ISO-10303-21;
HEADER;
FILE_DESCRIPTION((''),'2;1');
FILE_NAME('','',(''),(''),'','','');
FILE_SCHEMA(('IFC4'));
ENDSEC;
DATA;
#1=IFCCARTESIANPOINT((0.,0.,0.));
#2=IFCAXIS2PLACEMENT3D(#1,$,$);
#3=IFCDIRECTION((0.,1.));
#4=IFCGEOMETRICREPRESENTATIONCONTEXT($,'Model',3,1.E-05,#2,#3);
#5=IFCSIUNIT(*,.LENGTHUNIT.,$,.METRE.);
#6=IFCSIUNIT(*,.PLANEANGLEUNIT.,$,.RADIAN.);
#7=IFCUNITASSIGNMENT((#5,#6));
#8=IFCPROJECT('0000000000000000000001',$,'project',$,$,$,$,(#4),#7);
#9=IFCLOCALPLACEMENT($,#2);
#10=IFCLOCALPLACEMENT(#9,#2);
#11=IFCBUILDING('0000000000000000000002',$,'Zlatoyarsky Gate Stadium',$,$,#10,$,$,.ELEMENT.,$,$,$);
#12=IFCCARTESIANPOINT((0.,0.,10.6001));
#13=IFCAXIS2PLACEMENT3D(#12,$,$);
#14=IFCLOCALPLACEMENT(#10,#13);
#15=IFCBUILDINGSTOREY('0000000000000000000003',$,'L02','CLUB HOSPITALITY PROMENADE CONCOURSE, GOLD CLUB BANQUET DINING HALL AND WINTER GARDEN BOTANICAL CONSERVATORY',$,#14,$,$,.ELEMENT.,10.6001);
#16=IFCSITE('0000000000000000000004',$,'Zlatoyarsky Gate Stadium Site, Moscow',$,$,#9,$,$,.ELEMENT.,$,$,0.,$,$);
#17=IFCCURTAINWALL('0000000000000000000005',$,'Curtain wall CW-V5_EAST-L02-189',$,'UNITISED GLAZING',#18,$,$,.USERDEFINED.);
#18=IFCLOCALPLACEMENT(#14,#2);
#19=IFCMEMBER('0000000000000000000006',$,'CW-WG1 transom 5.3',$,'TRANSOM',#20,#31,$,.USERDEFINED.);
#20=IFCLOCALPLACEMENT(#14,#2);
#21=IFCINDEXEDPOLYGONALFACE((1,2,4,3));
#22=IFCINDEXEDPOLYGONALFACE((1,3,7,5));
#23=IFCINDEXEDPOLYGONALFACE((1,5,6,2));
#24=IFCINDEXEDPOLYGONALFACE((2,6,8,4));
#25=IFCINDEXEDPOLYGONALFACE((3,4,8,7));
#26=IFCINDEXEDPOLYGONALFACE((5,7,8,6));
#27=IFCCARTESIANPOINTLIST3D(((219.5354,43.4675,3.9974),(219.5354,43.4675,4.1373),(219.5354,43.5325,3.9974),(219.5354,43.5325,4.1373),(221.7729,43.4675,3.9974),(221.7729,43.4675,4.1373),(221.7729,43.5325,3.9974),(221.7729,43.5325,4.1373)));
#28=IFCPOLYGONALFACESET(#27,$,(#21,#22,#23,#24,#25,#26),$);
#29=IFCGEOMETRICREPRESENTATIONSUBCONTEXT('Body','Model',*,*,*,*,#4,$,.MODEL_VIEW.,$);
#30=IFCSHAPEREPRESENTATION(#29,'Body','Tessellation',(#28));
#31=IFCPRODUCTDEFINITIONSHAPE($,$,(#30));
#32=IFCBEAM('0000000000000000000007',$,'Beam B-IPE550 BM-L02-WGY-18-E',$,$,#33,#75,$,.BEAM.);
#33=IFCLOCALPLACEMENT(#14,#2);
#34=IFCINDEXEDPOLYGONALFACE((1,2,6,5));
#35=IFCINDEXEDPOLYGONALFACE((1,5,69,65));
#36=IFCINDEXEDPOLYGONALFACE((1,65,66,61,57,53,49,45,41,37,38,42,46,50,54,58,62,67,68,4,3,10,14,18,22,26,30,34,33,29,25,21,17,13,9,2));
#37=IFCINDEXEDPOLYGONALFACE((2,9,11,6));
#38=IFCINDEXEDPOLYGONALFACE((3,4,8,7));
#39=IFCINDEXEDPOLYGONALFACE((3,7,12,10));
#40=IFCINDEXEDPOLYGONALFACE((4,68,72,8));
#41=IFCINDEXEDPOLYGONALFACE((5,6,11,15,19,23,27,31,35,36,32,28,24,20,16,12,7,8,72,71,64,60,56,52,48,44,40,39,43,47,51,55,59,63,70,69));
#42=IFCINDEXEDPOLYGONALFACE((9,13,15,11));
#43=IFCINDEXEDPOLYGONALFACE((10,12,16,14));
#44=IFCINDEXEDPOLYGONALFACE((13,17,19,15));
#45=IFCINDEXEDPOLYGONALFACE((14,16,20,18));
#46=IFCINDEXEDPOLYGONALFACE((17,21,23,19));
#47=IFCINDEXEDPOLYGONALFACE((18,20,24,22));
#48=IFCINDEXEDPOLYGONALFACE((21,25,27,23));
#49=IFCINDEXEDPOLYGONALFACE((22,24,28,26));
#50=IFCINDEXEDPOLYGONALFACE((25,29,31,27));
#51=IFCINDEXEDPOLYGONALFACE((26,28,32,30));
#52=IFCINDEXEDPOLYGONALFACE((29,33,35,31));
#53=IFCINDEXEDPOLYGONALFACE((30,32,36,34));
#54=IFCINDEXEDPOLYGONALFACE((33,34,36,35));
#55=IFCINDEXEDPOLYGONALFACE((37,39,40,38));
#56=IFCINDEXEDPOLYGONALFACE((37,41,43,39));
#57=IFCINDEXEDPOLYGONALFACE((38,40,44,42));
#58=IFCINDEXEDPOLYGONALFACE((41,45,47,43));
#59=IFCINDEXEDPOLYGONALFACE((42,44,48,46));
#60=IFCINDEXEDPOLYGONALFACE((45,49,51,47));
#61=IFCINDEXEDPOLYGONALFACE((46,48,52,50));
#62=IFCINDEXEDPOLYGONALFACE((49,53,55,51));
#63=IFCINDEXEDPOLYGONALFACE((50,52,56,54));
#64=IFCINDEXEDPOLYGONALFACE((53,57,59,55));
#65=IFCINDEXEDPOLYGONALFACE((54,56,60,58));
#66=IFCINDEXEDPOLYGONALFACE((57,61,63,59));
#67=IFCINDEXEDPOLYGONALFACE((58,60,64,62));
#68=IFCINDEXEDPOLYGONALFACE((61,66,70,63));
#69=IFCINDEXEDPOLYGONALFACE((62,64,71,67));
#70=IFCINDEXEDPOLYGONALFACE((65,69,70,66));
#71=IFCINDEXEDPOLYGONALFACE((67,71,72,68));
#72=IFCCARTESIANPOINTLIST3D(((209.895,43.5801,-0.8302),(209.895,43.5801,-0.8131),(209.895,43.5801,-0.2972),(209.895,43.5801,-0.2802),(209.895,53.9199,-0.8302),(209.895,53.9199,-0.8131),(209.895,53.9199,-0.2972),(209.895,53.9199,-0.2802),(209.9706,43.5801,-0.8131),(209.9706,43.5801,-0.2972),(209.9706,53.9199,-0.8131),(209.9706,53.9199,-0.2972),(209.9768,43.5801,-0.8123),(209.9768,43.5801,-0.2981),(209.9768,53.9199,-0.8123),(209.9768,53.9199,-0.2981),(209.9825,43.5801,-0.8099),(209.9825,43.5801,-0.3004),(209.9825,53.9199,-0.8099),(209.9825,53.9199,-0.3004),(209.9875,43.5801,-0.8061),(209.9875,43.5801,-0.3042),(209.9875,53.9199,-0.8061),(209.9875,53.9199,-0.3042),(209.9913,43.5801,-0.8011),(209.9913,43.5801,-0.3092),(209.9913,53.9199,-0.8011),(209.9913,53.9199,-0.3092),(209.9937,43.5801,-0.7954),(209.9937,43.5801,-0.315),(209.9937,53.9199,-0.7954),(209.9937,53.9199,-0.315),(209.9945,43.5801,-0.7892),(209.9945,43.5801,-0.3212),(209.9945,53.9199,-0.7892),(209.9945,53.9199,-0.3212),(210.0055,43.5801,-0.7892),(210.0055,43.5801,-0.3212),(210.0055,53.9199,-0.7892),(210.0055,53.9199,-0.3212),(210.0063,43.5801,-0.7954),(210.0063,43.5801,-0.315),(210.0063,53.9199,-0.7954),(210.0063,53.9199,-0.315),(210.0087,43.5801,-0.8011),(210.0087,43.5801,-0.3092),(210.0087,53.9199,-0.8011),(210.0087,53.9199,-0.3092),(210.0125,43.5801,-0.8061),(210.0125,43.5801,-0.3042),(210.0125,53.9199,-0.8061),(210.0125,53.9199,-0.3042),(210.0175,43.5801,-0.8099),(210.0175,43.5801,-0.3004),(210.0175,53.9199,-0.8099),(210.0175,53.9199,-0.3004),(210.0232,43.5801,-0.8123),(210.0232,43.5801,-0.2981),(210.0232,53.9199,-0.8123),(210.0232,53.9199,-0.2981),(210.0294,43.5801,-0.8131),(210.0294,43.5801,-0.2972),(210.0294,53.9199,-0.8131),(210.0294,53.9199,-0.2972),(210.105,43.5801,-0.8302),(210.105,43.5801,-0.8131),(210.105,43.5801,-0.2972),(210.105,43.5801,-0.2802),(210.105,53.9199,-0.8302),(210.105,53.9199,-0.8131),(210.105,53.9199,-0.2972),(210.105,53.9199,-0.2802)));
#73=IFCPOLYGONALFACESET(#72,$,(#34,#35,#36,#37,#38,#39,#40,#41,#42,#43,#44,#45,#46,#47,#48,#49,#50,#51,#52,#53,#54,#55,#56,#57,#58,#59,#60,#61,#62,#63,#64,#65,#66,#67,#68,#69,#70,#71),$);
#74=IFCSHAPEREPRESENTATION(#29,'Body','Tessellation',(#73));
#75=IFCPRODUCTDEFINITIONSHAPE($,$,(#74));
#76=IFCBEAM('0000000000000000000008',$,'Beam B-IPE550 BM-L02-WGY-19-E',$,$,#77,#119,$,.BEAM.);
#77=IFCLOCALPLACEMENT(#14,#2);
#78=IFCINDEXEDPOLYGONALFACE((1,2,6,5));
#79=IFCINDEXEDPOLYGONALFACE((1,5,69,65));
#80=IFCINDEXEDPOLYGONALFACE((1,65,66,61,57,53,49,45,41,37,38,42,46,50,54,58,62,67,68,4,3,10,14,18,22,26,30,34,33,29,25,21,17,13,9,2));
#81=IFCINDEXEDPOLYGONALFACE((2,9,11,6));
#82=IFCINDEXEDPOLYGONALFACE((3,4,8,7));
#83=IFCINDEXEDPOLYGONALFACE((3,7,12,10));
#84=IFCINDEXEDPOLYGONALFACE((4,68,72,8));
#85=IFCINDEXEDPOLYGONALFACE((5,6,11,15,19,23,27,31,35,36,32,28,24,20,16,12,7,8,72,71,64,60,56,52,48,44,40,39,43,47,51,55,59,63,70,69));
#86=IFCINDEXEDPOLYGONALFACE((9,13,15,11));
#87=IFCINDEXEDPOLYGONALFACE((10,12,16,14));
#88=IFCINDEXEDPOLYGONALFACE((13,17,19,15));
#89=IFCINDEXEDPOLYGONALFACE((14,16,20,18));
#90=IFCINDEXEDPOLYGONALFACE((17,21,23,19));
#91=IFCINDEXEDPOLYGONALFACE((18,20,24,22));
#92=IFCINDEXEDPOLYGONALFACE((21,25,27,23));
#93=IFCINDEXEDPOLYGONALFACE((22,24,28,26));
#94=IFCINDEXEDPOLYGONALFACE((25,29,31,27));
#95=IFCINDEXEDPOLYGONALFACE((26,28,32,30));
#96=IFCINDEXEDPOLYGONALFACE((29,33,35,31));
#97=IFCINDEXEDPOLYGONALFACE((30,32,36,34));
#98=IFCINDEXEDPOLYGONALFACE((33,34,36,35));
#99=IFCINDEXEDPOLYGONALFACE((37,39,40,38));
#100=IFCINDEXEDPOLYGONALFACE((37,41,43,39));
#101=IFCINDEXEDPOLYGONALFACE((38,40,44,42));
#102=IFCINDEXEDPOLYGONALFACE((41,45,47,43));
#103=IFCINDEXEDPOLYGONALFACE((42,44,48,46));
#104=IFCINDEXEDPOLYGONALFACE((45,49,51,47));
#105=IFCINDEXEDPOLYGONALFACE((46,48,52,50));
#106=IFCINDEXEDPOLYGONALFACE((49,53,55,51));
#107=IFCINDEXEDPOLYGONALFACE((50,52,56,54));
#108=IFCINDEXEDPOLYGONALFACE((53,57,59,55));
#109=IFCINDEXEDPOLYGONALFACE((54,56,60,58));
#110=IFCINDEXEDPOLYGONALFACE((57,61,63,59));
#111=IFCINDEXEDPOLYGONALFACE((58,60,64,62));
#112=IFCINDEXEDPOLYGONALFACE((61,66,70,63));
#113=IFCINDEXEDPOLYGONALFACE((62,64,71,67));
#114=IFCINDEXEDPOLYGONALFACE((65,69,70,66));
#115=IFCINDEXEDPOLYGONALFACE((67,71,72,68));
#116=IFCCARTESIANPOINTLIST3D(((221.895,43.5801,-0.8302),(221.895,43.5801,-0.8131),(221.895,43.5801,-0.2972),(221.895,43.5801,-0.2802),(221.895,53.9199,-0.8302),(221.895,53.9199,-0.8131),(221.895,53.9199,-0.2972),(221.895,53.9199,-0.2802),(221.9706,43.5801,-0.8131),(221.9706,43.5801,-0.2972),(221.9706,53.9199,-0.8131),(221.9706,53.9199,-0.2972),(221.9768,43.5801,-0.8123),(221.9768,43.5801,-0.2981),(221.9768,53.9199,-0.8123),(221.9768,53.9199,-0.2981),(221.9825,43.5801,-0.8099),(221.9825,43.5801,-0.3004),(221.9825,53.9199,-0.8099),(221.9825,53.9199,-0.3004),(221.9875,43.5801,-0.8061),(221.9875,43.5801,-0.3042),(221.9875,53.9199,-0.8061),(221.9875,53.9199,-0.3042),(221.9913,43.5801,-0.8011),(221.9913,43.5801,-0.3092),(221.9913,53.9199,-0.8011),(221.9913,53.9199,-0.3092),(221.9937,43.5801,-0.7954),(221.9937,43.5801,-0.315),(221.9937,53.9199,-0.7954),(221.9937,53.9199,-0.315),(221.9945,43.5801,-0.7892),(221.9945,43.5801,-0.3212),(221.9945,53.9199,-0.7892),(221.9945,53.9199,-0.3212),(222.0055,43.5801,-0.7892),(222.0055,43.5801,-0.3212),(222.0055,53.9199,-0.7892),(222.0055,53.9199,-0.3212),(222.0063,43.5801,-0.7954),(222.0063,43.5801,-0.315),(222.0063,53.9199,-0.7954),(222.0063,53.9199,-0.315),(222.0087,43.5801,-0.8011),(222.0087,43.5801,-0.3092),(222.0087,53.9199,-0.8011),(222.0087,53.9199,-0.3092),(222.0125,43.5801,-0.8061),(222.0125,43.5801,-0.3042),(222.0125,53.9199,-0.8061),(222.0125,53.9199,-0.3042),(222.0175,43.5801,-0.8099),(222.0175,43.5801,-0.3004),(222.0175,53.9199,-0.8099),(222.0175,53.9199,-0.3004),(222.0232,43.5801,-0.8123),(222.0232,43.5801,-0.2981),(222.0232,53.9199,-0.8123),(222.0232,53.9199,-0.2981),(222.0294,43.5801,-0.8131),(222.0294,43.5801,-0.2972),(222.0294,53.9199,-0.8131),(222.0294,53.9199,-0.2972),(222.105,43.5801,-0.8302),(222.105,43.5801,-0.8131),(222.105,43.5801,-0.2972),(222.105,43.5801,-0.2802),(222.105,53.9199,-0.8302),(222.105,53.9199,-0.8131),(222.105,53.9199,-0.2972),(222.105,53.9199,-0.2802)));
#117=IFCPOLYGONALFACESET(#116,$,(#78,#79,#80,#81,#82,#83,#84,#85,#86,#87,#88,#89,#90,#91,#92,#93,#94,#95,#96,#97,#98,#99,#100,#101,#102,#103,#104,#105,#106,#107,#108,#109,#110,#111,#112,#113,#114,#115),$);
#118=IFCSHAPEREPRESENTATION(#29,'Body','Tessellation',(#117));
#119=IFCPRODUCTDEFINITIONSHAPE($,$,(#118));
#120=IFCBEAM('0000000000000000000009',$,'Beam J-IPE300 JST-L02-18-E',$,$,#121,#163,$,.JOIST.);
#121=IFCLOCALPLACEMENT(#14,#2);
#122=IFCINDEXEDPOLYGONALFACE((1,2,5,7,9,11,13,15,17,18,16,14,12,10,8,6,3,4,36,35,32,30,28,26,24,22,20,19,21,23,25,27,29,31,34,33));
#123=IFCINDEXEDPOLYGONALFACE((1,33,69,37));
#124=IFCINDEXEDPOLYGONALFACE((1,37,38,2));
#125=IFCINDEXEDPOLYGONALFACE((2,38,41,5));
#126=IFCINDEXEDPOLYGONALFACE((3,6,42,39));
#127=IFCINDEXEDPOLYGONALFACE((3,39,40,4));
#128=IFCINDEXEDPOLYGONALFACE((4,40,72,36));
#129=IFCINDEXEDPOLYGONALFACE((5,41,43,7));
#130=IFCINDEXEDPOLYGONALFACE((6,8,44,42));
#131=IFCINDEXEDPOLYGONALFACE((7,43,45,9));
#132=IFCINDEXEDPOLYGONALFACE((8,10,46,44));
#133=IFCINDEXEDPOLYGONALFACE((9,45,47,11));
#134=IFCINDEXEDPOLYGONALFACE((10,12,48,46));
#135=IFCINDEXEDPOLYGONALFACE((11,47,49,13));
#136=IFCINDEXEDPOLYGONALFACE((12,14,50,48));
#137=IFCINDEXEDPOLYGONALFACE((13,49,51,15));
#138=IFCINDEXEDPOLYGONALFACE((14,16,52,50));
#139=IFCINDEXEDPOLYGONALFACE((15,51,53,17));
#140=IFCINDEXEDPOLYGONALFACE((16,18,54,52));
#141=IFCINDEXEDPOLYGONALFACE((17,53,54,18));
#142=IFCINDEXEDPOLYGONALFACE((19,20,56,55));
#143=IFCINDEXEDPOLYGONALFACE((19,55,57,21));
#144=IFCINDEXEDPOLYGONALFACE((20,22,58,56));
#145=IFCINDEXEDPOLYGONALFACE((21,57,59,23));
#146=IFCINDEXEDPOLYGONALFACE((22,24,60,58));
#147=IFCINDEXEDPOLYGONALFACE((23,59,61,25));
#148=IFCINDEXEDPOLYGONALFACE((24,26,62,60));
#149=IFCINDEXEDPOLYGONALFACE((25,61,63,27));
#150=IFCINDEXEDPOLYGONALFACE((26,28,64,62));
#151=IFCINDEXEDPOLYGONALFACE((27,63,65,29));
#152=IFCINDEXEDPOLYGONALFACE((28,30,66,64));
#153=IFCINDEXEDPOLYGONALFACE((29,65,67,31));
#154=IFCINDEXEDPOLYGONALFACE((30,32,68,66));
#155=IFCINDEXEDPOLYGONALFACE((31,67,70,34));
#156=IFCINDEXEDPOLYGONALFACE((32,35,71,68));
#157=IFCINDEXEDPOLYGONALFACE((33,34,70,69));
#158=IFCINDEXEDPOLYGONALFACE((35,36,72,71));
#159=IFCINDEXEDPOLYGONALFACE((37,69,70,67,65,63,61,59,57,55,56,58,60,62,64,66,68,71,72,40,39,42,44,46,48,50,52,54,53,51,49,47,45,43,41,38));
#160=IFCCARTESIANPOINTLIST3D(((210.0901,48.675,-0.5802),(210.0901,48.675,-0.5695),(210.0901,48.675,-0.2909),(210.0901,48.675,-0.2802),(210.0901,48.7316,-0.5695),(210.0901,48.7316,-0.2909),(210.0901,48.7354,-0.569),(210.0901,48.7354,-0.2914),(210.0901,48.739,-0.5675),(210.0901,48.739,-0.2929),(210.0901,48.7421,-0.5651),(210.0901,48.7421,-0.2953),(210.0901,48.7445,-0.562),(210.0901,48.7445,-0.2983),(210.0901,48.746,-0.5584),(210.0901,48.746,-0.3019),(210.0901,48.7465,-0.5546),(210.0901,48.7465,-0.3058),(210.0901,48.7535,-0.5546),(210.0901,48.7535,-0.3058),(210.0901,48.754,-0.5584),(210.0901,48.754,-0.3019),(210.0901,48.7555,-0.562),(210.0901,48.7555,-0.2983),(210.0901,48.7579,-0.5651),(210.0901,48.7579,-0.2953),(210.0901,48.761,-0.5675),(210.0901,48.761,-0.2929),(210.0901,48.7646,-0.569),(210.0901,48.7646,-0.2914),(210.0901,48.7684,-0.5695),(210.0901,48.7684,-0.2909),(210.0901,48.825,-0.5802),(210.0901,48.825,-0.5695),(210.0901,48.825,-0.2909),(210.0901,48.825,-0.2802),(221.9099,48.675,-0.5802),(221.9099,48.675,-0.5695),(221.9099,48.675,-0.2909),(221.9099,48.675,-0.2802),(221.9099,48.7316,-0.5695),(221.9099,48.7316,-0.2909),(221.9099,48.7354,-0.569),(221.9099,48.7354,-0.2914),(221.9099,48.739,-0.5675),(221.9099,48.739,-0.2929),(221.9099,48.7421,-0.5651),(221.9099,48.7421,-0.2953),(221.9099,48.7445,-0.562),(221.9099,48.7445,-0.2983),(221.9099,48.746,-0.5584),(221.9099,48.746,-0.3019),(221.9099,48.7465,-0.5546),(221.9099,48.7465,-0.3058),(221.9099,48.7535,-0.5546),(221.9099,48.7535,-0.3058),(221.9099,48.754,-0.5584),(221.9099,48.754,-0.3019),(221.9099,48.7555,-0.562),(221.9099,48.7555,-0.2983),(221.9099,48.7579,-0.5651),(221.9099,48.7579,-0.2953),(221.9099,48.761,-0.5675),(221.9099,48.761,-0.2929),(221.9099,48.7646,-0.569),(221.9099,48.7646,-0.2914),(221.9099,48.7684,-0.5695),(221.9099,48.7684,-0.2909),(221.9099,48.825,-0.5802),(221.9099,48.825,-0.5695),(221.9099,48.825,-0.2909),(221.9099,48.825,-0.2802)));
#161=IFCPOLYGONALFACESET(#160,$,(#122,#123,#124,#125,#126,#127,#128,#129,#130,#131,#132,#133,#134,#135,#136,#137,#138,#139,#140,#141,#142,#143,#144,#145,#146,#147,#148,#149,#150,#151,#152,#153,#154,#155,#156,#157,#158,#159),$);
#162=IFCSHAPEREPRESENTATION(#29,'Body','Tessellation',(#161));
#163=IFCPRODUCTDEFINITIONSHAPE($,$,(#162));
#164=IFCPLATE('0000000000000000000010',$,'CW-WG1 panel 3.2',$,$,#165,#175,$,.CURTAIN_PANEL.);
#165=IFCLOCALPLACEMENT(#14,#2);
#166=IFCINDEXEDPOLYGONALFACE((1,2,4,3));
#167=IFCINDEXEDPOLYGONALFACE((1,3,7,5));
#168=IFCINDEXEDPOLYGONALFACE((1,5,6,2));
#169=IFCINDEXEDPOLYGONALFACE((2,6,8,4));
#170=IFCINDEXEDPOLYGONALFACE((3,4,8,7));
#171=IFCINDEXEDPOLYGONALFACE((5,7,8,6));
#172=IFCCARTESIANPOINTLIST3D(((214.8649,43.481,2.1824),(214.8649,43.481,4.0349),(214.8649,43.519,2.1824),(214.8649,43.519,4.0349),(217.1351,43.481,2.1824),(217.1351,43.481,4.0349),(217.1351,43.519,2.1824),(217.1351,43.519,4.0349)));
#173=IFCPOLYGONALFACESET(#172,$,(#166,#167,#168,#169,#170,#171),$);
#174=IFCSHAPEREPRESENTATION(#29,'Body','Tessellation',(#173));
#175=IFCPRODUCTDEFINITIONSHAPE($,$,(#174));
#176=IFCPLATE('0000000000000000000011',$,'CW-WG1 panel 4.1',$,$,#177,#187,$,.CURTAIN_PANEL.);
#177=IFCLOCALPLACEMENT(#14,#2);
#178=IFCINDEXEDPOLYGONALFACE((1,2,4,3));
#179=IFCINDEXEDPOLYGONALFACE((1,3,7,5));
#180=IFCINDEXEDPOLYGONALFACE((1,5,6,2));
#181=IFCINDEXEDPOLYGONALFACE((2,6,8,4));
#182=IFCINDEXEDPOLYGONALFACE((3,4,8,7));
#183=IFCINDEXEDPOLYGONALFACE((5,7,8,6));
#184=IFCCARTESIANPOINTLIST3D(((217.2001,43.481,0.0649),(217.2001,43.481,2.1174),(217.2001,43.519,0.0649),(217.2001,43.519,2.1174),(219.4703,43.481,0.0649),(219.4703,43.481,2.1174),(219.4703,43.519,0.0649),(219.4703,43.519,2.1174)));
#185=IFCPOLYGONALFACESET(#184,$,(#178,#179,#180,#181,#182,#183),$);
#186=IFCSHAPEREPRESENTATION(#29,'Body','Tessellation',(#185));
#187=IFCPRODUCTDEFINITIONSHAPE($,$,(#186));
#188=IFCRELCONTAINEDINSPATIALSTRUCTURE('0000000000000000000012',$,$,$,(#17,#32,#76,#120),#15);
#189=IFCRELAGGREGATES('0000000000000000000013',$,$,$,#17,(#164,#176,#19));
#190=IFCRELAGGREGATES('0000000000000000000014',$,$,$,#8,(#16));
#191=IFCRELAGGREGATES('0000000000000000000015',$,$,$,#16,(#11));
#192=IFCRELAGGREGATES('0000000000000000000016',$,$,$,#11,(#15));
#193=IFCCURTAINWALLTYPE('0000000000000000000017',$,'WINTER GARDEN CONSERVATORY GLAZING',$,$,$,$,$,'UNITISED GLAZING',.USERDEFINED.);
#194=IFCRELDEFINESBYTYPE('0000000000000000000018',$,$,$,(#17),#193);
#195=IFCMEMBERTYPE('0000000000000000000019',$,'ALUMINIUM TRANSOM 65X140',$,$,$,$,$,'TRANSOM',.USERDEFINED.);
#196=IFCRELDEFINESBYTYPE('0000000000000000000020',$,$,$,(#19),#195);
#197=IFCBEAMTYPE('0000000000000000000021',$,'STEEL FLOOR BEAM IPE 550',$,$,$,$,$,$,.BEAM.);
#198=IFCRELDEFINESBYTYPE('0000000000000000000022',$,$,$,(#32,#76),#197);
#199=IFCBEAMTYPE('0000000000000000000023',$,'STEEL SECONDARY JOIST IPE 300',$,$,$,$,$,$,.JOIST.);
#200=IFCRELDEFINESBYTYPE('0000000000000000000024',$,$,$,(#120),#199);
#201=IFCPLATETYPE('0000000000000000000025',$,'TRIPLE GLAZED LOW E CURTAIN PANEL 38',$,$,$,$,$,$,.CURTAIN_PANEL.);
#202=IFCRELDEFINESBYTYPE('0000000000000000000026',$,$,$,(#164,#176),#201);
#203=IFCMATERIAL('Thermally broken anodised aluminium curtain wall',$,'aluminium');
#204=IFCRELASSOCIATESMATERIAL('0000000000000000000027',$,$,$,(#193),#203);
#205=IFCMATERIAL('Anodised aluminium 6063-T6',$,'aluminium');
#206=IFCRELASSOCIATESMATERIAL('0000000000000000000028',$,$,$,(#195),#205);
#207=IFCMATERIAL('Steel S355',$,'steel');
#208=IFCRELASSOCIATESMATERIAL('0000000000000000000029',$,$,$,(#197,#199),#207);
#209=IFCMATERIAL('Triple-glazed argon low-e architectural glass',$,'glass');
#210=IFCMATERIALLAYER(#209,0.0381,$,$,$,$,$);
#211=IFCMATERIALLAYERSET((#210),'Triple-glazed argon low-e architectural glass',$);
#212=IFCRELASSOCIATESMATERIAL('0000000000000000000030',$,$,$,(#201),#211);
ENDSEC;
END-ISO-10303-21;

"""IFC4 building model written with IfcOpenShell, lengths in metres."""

from ifc_helpers import new_model, si_unit, direction, frame, origin, origin_2d, place, context, subcontext, project, spatial, rectangle, i_section, extrude, material, layer, layer_set, material_profile, profile_set, type_object, element, aggregate, save


model = new_model("IFC4")

# Units and contexts
model_context = context("Model", 3, precision=1e-05, world=origin(), true_north=direction((0.0, 1.0)))
body_context = subcontext(model_context, "Body", "Model", "MODEL_VIEW")
ifc_project = project(units=[si_unit("LENGTHUNIT", "METRE"), si_unit("PLANEANGLEUNIT", "RADIAN")], contexts=[model_context])

# Site, building, storey
site_placement = place(None, origin())
site = spatial("IfcSite", under=ifc_project, at=site_placement, Name="Zlatoyarsky Gate Stadium Site, Moscow", CompositionType="ELEMENT", RefElevation=0.0)
building_placement = place(site_placement, origin())
building = spatial("IfcBuilding", under=site, at=building_placement, Name="Zlatoyarsky Gate Stadium", CompositionType="ELEMENT")
storey_placement = place(building_placement, frame((0.0, 0.0, 10.6001)))
storey = spatial("IfcBuildingStorey", under=building, at=storey_placement, Name="L02", Description="CLUB HOSPITALITY PROMENADE CONCOURSE, GOLD CLUB BANQUET DINING HALL AND WINTER GARDEN BOTANICAL CONSERVATORY", CompositionType="ELEMENT", Elevation=10.6001)

# Shared definitions
ifc_material_1 = material(Name="Steel S355", Category="steel")

# Curtain wall
ifc_material_2 = material(Name="Thermally broken anodised aluminium curtain wall", Category="aluminium")
curtain_wall_type_1 = type_object("IfcCurtainWallType", Name="WINTER GARDEN CONSERVATORY GLAZING", ElementType="UNITISED GLAZING", PredefinedType="USERDEFINED", material=ifc_material_2)
curtain_wall_1_placement = place(storey_placement, origin())
curtain_wall_1 = element("IfcCurtainWall", 1, at=curtain_wall_1_placement, inside=storey, type_object=curtain_wall_type_1, Name="Curtain wall CW-V5_EAST-L02-189", ObjectType="UNITISED GLAZING", PredefinedType="USERDEFINED")
ifc_material_3 = material(Name="Anodised aluminium 6063-T6", Category="aluminium")
ifc_material_profile_1 = material_profile(ifc_material_3, rectangle(XDim=0.0649, YDim=0.1399, at=origin_2d()), Name="ALU 65X140")
ifc_profile_set_1 = profile_set([ifc_material_profile_1], Name="Anodised aluminium 6063-T6")
member_type_1 = type_object("IfcMemberType", Name="ALUMINIUM TRANSOM 65X140", ElementType="TRANSOM", PredefinedType="USERDEFINED", material=ifc_profile_set_1)

# Member
member_1_placement = place(storey_placement, frame((219.5354, 43.5, 4.0674), z_axis=(1.0, 0.0, 0.0), x_axis=(0.0, 1.0, 0.0)))
member_1 = element("IfcMember", 2, at=member_1_placement, type_object=member_type_1, Name="CW-WG1 transom 5.3", ObjectType="TRANSOM", PredefinedType="USERDEFINED", context=body_context, shape_type="SweptSolid", body=[
    extrude(rectangle(XDim=0.0649, YDim=0.1399, at=origin_2d()), origin(), (0.0, 0.0, 1.0), 2.2375),
])

# Beams
ifc_material_profile_2 = material_profile(ifc_material_1, i_section(OverallWidth=0.21, OverallDepth=0.55, WebThickness=0.011, FlangeThickness=0.0171, FilletRadius=0.0239, at=origin_2d()), Name="IPE 550")
ifc_profile_set_2 = profile_set([ifc_material_profile_2], Name="Steel S355")
beam_type_1 = type_object("IfcBeamType", Name="STEEL FLOOR BEAM IPE 550", PredefinedType="BEAM", material=ifc_profile_set_2)
for number, where, z_axis, x_axis, name in (
    (3, (210.0, 43.5801, -0.5552), (0.0, 1.0, 0.0), (-1.0, 0.0, 0.0), "Beam B-IPE550 BM-L02-WGY-18-E"),
    (4, (222.0, 43.5801, -0.5552), (0.0, 1.0, 0.0), (-1.0, 0.0, 0.0), "Beam B-IPE550 BM-L02-WGY-19-E"),
):
    element("IfcBeam", number, at=place(storey_placement, frame(where, z_axis=z_axis, x_axis=x_axis)), inside=storey, type_object=beam_type_1, Name=name, PredefinedType="BEAM", context=body_context, shape_type="SweptSolid", body=[
        extrude(i_section(OverallWidth=0.21, OverallDepth=0.55, WebThickness=0.011, FlangeThickness=0.0171, FilletRadius=0.0239, at=origin_2d()), origin(), (0.0, 0.0, 1.0), 10.3398),
    ])
ifc_material_profile_3 = material_profile(ifc_material_1, i_section(OverallWidth=0.1499, OverallDepth=0.3, WebThickness=0.0071, FlangeThickness=0.0107, FilletRadius=0.0149, at=origin_2d()), Name="IPE 300")
ifc_profile_set_3 = profile_set([ifc_material_profile_3], Name="Steel S355")
beam_type_2 = type_object("IfcBeamType", Name="STEEL SECONDARY JOIST IPE 300", PredefinedType="JOIST", material=ifc_profile_set_3)
beam_placement = place(storey_placement, frame((210.0901, 48.75, -0.4302), z_axis=(1.0, 0.0, 0.0), x_axis=(0.0, 1.0, 0.0)))
element("IfcBeam", 5, at=beam_placement, inside=storey, type_object=beam_type_2, Name="Beam J-IPE300 JST-L02-18-E", PredefinedType="JOIST", context=body_context, shape_type="SweptSolid", body=[
    extrude(i_section(OverallWidth=0.1499, OverallDepth=0.3, WebThickness=0.0071, FlangeThickness=0.0107, FilletRadius=0.0149, at=origin_2d()), origin(), (0.0, 0.0, 1.0), 11.8198),
])

# Plates
ifc_material_4 = material(Name="Triple-glazed argon low-e architectural glass", Category="glass")
ifc_layer_1 = layer(ifc_material_4, 0.0381)
ifc_layer_set_1 = layer_set([ifc_layer_1], Name="Triple-glazed argon low-e architectural glass")
plate_type = type_object("IfcPlateType", Name="TRIPLE GLAZED LOW E CURTAIN PANEL 38", PredefinedType="CURTAIN_PANEL", material=ifc_layer_set_1)
plate_1_placement = place(storey_placement, frame((216.0, 43.5, 2.1824), z_axis=(0.0, 0.0, 1.0), x_axis=(1.0, 0.0, 0.0)))
plate_1 = element("IfcPlate", 6, at=plate_1_placement, type_object=plate_type, Name="CW-WG1 panel 3.2", PredefinedType="CURTAIN_PANEL", context=body_context, shape_type="SweptSolid", body=[
    extrude(rectangle(XDim=2.2703, YDim=0.0381, at=origin_2d()), origin(), (0.0, 0.0, 1.0), 1.8525),
])
plate_2_placement = place(storey_placement, frame((218.3352, 43.5, 0.0649), z_axis=(0.0, 0.0, 1.0), x_axis=(1.0, 0.0, 0.0)))
plate_2 = element("IfcPlate", 7, at=plate_2_placement, type_object=plate_type, Name="CW-WG1 panel 4.1", PredefinedType="CURTAIN_PANEL", context=body_context, shape_type="SweptSolid", body=[
    extrude(rectangle(XDim=2.2703, YDim=0.0381, at=origin_2d()), origin(), (0.0, 0.0, 1.0), 2.0525),
])
aggregate(curtain_wall_1, [plate_1, plate_2, member_1])

save(model, "model.ifc")
